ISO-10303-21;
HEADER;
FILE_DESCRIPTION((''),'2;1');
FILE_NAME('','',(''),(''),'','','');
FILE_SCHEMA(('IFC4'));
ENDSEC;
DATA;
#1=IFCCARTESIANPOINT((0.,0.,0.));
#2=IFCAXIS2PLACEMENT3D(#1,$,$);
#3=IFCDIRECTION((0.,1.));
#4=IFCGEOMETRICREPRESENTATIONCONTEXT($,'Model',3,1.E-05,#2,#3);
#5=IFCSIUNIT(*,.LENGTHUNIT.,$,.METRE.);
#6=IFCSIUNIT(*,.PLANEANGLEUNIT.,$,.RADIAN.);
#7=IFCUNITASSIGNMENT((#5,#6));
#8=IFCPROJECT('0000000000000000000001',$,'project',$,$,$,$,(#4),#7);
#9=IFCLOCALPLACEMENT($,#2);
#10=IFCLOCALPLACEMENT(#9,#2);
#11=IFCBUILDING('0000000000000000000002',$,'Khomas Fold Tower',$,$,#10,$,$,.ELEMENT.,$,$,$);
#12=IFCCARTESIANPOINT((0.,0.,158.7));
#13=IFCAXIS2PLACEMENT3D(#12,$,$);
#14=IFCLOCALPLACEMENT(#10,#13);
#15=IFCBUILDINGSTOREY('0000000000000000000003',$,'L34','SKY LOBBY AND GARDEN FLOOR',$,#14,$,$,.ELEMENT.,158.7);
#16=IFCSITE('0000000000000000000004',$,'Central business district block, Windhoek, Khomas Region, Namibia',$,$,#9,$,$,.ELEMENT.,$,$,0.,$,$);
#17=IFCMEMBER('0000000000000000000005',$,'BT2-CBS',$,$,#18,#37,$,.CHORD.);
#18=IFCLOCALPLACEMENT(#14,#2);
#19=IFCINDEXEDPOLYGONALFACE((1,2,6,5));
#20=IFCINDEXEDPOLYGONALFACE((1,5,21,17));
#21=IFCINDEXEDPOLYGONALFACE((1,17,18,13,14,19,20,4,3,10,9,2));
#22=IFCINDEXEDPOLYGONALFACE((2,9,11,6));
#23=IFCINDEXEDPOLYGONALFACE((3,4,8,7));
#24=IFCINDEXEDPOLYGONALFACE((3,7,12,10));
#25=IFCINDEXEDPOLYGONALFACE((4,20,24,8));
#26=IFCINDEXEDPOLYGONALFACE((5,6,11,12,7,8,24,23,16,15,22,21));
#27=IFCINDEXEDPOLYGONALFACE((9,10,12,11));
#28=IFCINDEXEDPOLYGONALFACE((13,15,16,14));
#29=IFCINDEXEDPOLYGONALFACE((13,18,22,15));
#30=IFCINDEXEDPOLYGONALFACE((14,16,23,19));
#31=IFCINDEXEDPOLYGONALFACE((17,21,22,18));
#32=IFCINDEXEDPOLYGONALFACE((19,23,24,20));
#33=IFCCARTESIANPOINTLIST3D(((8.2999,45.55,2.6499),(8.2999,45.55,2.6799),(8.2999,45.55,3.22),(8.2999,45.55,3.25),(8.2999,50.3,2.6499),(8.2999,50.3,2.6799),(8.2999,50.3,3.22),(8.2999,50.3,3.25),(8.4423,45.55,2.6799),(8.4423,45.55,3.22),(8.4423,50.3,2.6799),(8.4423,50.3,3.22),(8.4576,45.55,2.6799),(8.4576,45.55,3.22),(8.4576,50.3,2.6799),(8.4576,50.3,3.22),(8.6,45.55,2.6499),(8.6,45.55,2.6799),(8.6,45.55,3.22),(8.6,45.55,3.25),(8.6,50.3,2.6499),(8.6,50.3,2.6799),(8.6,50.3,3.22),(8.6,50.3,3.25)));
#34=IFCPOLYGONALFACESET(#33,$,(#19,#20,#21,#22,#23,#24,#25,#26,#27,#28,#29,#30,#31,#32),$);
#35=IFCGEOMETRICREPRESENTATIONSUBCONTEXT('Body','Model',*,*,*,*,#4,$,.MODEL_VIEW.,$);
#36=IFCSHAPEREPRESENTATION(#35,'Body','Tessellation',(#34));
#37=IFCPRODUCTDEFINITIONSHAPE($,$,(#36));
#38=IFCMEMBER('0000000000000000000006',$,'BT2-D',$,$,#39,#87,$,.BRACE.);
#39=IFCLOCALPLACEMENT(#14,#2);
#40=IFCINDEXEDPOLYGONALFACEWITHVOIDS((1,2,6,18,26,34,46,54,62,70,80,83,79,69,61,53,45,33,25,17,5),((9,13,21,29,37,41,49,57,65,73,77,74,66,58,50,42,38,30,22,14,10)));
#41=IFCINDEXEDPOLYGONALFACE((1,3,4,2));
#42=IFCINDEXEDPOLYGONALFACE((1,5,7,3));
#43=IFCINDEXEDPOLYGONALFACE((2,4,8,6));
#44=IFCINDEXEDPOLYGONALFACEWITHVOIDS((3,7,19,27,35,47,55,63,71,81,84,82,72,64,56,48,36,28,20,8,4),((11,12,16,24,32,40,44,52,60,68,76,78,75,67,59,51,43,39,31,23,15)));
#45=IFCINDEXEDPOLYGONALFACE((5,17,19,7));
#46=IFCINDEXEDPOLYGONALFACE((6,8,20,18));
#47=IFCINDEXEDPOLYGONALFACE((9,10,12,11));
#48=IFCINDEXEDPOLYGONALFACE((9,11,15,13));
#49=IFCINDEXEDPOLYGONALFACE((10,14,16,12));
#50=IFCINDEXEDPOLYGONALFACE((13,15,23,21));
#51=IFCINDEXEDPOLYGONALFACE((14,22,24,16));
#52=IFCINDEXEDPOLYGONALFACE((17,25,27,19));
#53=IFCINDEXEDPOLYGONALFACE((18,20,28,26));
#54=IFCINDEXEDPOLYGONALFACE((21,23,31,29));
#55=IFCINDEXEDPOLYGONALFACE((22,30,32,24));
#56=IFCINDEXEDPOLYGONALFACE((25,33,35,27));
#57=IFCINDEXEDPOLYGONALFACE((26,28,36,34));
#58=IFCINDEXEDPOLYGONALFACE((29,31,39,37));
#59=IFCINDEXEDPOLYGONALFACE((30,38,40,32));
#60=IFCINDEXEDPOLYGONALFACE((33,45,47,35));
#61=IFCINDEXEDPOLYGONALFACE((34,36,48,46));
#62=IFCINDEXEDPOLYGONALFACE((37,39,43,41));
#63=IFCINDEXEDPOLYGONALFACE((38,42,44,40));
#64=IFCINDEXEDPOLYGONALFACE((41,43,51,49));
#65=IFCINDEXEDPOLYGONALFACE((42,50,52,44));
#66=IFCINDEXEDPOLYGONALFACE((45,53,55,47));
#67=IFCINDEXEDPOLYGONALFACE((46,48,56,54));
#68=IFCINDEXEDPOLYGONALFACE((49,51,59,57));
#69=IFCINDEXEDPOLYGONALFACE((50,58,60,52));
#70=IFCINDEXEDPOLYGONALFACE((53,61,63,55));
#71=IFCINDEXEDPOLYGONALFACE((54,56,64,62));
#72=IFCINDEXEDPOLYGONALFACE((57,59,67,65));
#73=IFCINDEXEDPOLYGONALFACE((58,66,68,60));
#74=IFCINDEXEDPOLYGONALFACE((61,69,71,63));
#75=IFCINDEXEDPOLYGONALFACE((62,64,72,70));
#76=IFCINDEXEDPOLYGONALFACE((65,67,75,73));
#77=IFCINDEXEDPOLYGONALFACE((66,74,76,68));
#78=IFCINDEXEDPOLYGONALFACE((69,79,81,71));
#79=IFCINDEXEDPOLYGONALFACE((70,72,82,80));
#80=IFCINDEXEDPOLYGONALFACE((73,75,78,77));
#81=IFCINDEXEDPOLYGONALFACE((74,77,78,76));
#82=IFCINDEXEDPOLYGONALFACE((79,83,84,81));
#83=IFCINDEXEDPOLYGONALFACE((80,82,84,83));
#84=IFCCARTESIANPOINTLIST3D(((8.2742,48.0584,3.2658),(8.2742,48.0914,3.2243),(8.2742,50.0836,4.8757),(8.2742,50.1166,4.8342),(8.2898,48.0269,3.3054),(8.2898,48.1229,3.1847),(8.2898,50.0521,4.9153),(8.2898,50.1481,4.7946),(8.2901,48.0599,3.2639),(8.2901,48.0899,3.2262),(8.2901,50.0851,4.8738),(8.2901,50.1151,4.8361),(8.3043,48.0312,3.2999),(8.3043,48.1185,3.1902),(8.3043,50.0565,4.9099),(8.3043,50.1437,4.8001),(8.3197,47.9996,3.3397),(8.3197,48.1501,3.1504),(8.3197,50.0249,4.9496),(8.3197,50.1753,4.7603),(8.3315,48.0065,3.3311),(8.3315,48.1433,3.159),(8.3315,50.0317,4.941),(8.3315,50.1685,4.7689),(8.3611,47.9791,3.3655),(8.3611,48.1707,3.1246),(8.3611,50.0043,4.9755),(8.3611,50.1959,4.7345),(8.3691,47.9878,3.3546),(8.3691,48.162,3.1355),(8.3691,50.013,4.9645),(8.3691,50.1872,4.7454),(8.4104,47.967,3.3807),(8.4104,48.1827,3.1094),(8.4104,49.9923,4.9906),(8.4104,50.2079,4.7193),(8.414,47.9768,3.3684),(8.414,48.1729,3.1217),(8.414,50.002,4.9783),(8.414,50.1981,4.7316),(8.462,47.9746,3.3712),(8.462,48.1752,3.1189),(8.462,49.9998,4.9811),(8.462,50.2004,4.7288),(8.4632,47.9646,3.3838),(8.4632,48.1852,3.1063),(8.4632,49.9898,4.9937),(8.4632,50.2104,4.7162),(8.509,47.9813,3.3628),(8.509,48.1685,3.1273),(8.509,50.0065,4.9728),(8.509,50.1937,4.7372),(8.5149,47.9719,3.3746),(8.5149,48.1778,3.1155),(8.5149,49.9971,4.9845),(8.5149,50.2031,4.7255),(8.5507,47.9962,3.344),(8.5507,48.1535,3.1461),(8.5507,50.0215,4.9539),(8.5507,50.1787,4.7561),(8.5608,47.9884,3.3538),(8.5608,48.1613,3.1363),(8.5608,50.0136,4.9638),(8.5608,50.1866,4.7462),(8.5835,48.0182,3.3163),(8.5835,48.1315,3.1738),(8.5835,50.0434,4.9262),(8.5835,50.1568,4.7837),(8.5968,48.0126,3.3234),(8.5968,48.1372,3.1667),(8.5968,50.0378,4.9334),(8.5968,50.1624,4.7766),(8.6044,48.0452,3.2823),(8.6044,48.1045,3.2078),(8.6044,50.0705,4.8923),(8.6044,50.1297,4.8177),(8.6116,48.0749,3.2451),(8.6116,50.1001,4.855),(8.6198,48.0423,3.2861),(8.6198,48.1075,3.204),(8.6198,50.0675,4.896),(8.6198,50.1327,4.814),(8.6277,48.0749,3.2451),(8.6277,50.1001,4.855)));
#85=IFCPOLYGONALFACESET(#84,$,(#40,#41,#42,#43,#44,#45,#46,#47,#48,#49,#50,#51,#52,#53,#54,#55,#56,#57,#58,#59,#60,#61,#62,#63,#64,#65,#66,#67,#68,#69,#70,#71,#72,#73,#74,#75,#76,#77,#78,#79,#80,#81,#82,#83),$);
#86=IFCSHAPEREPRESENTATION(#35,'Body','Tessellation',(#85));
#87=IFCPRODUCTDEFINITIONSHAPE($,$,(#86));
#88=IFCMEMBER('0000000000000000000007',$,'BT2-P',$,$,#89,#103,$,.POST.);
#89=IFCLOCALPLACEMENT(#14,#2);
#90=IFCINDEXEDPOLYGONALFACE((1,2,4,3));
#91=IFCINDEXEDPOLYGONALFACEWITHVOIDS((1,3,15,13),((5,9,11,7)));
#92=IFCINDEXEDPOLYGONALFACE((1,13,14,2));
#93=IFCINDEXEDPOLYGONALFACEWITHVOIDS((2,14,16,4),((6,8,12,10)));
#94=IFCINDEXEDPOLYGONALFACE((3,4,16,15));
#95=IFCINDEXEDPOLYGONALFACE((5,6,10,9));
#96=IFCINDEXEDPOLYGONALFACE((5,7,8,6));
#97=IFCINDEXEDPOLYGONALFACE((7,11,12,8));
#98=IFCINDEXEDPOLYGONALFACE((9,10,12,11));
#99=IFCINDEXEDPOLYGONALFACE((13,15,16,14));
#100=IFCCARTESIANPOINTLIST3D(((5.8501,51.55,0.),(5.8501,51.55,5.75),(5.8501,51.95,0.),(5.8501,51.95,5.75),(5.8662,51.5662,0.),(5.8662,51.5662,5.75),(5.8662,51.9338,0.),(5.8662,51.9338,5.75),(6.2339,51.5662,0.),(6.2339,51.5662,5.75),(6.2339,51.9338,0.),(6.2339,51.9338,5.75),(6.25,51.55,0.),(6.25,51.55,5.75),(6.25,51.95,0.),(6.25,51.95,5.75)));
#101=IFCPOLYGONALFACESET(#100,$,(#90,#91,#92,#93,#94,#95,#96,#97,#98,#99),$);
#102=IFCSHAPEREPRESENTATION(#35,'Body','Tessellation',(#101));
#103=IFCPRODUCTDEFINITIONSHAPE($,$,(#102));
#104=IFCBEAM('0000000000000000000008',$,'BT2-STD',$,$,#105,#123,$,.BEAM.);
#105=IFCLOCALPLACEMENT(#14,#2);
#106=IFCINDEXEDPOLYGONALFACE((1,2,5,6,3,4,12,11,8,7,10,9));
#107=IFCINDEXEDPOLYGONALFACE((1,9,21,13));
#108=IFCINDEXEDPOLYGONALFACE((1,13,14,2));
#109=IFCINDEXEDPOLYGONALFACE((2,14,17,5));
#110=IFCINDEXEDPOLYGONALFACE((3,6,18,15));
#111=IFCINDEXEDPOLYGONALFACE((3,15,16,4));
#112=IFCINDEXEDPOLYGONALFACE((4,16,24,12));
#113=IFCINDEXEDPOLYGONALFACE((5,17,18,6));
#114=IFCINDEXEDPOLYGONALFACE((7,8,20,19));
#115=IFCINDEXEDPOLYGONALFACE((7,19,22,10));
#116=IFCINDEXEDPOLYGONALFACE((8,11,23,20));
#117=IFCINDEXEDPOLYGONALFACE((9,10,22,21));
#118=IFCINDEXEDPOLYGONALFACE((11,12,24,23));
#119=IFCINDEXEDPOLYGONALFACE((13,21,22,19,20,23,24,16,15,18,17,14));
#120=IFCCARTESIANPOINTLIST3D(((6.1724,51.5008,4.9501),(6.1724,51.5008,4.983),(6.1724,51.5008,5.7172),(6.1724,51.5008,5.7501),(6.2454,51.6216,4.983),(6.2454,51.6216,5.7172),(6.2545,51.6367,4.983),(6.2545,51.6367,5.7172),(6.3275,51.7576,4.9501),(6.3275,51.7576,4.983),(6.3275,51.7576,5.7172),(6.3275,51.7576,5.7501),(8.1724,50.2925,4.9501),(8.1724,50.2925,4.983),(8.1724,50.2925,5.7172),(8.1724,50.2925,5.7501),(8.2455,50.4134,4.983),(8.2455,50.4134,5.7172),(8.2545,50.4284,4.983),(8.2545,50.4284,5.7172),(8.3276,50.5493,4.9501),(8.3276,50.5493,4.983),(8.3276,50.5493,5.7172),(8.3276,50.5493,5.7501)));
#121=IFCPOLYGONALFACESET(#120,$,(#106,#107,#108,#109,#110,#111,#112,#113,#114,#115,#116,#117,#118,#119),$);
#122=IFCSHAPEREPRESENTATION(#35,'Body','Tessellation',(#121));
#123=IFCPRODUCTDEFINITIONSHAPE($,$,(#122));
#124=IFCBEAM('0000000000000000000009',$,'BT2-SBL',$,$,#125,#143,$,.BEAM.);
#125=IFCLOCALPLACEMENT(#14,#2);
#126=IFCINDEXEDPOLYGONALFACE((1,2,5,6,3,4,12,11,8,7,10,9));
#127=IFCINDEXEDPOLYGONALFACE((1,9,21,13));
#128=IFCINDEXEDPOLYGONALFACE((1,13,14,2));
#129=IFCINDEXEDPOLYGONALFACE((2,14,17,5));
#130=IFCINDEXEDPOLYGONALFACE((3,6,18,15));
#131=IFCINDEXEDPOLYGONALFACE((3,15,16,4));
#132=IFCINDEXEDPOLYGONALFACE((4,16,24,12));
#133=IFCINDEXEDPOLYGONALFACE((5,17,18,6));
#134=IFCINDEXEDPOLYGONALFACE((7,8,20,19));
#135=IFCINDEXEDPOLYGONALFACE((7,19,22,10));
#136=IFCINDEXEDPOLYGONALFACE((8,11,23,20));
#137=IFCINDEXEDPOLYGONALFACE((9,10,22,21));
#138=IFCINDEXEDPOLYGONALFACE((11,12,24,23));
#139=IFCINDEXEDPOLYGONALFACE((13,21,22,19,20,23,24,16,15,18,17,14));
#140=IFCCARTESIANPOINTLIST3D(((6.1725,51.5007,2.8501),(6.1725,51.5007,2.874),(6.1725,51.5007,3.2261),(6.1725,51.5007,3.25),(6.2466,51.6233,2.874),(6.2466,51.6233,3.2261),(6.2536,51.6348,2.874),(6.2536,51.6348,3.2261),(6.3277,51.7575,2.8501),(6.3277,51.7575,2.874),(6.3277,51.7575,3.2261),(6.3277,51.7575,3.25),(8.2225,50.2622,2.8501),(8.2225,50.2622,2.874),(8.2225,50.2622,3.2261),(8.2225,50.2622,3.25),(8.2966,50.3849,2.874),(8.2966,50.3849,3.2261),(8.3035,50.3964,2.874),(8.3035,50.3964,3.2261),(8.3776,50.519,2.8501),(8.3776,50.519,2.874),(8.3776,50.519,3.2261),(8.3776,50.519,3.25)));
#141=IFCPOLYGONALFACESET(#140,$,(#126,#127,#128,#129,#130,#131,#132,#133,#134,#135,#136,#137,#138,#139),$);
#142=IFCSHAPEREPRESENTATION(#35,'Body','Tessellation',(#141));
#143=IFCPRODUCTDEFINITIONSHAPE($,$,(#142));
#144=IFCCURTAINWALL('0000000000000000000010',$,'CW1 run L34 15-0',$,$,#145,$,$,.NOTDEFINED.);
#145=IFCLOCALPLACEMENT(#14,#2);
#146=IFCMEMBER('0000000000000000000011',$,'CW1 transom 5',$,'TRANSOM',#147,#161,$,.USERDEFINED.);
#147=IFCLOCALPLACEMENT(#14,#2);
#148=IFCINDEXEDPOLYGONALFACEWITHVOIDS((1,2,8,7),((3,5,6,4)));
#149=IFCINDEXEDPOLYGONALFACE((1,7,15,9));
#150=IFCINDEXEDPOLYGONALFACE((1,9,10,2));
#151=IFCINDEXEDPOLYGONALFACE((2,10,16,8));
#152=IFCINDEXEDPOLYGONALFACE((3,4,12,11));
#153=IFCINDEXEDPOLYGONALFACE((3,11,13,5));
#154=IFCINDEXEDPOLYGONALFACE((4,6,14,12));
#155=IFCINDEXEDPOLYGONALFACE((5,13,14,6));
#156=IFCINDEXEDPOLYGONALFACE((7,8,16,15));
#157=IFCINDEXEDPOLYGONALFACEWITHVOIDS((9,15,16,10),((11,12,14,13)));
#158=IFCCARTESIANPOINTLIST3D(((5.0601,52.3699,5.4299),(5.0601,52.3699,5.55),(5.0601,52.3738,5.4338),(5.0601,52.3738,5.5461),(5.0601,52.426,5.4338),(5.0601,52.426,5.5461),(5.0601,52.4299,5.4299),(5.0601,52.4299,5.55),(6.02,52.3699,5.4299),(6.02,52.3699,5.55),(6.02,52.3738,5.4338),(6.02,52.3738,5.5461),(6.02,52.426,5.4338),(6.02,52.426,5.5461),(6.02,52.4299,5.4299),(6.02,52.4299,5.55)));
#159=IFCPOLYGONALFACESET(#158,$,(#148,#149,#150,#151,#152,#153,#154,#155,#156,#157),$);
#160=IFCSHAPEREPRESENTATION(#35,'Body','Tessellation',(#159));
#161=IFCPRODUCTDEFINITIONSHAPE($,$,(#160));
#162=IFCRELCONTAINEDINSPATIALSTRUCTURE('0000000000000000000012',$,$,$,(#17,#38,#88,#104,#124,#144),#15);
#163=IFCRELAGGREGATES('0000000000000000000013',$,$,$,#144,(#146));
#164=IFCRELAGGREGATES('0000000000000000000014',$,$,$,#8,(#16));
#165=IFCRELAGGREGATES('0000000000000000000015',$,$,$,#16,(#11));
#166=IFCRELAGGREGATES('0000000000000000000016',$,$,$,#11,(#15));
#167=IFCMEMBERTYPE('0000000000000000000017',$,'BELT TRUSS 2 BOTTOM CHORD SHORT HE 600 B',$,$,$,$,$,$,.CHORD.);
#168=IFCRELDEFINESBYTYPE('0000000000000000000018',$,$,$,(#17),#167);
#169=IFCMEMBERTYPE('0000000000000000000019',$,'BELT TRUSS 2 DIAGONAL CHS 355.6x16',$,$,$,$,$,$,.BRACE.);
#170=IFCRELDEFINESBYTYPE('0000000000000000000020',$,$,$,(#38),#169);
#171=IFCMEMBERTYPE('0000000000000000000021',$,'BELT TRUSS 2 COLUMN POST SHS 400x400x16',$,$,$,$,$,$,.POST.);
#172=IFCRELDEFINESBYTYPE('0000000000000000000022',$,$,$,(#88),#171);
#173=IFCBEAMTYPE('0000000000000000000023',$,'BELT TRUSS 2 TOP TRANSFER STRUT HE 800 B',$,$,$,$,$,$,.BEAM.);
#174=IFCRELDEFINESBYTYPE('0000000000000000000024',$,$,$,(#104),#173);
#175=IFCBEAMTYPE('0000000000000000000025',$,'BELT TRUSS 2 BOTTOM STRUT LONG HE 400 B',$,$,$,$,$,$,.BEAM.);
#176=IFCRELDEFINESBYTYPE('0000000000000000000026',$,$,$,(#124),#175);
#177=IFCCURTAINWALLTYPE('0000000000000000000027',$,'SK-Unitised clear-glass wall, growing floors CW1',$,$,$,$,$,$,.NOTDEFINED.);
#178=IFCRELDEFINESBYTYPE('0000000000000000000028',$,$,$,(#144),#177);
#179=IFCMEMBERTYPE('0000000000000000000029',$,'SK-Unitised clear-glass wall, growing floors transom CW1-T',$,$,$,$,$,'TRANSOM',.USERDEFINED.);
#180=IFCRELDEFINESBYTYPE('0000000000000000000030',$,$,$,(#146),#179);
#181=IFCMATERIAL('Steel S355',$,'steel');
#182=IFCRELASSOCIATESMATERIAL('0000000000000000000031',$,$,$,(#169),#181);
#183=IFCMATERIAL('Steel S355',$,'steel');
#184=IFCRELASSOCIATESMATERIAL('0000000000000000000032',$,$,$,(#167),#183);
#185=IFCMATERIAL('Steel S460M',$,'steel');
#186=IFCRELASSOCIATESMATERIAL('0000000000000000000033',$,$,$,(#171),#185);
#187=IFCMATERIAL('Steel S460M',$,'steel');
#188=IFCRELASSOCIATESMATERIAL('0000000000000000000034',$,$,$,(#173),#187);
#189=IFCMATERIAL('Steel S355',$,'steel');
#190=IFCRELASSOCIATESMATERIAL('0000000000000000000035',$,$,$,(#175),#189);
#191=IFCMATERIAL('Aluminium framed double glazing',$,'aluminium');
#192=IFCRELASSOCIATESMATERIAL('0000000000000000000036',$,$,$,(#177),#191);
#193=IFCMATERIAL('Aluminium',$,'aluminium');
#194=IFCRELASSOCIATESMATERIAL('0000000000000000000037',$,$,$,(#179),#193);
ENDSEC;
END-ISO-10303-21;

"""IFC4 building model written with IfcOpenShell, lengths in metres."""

from ifc_helpers import new_model, si_unit, direction, frame, origin, origin_2d, place, context, subcontext, project, spatial, hollow_rectangle, hollow_circle, i_section, extrude, source, transform, mapped, material, material_profile, profile_set, type_object, element, aggregate, save


model = new_model("IFC4")

# Units and contexts
model_context = context("Model", 3, precision=1e-05, world=origin(), true_north=direction((0.0, 1.0)))
body_context = subcontext(model_context, "Body", "Model", "MODEL_VIEW")
ifc_project = project(units=[si_unit("LENGTHUNIT", "METRE"), si_unit("PLANEANGLEUNIT", "RADIAN")], contexts=[model_context])

# Site, building, storey
site_placement = place(None, origin())
site = spatial("IfcSite", under=ifc_project, at=site_placement, Name="Central business district block, Windhoek, Khomas Region, Namibia", CompositionType="ELEMENT", RefElevation=0.0)
building_placement = place(site_placement, origin())
building = spatial("IfcBuilding", under=site, at=building_placement, Name="Khomas Fold Tower", CompositionType="ELEMENT")
storey_placement = place(building_placement, frame((0.0, 0.0, 158.7)))
storey = spatial("IfcBuildingStorey", under=building, at=storey_placement, Name="L34", Description="SKY LOBBY AND GARDEN FLOOR", CompositionType="ELEMENT", Elevation=158.7)

# Members
ifc_material_1 = material(Name="Steel S355", Category="steel")
ifc_material_profile_1 = material_profile(ifc_material_1, hollow_circle(Radius=0.1777, WallThickness=0.0161, at=origin_2d()), Name="CHS 355.6x16")
ifc_profile_set_1 = profile_set([ifc_material_profile_1], Name="Steel S355")
member_type_1 = type_object("IfcMemberType", Name="BELT TRUSS 2 DIAGONAL CHS 355.6x16", PredefinedType="BRACE", material=ifc_profile_set_1)
ifc_material_2 = material(Name="Steel S355", Category="steel")
ifc_material_profile_2 = material_profile(ifc_material_2, i_section(OverallWidth=0.3, OverallDepth=0.6001, WebThickness=0.0154, FlangeThickness=0.03, at=origin_2d()), Name="HE 600 B")
ifc_profile_set_2 = profile_set([ifc_material_profile_2], Name="Steel S355")
member_type_2 = type_object("IfcMemberType", Name="BELT TRUSS 2 BOTTOM CHORD SHORT HE 600 B", PredefinedType="CHORD", material=ifc_profile_set_2)
shared_shape_1 = source(origin(), body_context, "Body", "SweptSolid", [
    extrude(i_section(OverallWidth=0.3, OverallDepth=0.6001, WebThickness=0.0154, FlangeThickness=0.03, at=origin_2d()), origin(), (0.0, 0.0, 1.0), 4.75),
])
member_1_placement = place(storey_placement, frame((8.45, 50.3, 2.95), z_axis=(0.0, -1.0, 0.0), x_axis=(1.0, 0.0, 0.0)))
element("IfcMember", 1, at=member_1_placement, inside=storey, type_object=member_type_2, Name="BT2-CBS", PredefinedType="CHORD", context=body_context, shape_type="MappedRepresentation", body=[
    mapped(shared_shape_1, transform((0.0, 0.0, 0.0))),
])
shared_shape_2 = source(origin(), body_context, "Body", "SweptSolid", [
    extrude(hollow_circle(Radius=0.1777, WallThickness=0.0161, at=origin_2d()), origin(), (0.0, 0.0, 1.0), 2.5872),
])
member_2_placement = place(storey_placement, frame((8.45, 50.1001, 4.855), z_axis=(0.0, -0.782799, -0.622275), x_axis=(1.0, 0.0, 0.0)))
element("IfcMember", 2, at=member_2_placement, inside=storey, type_object=member_type_1, Name="BT2-D", PredefinedType="BRACE", context=body_context, shape_type="MappedRepresentation", body=[
    mapped(shared_shape_2, transform((0.0, 0.0, 0.0))),
])
ifc_material_3 = material(Name="Steel S460M", Category="steel")
ifc_material_profile_3 = material_profile(ifc_material_3, hollow_rectangle(XDim=0.3999, YDim=0.3999, WallThickness=0.0161, at=origin_2d()), Name="SHS 400x400x16")
ifc_profile_set_3 = profile_set([ifc_material_profile_3], Name="Steel S460M")
member_type_3 = type_object("IfcMemberType", Name="BELT TRUSS 2 COLUMN POST SHS 400x400x16", PredefinedType="POST", material=ifc_profile_set_3)
shared_shape_3 = source(origin(), body_context, "Body", "SweptSolid", [
    extrude(hollow_rectangle(XDim=0.3999, YDim=0.3999, WallThickness=0.0161, at=origin_2d()), origin(), (0.0, 0.0, 1.0), 5.75),
])
member_3_placement = place(storey_placement, frame((6.05, 51.75, 0.0), z_axis=(0.0, 0.0, 1.0), x_axis=(1.0, 0.0, 0.0)))
element("IfcMember", 3, at=member_3_placement, inside=storey, type_object=member_type_3, Name="BT2-P", PredefinedType="POST", context=body_context, shape_type="MappedRepresentation", body=[
    mapped(shared_shape_3, transform((0.0, 0.0, 0.0))),
])

# Beams
ifc_material_4 = material(Name="Steel S460M", Category="steel")
ifc_material_profile_4 = material_profile(ifc_material_4, i_section(OverallWidth=0.3, OverallDepth=0.8, WebThickness=0.0176, FlangeThickness=0.033, at=origin_2d()), Name="HE 800 B")
ifc_profile_set_4 = profile_set([ifc_material_profile_4], Name="Steel S460M")
beam_type_1 = type_object("IfcBeamType", Name="BELT TRUSS 2 TOP TRANSFER STRUT HE 800 B", PredefinedType="BEAM", material=ifc_profile_set_4)
shared_shape_4 = source(origin(), body_context, "Body", "SweptSolid", [
    extrude(i_section(OverallWidth=0.3, OverallDepth=0.8, WebThickness=0.0176, FlangeThickness=0.033, at=origin_2d()), origin(), (0.0, 0.0, 1.0), 2.3367),
])
beam_1_placement = place(storey_placement, frame((8.25, 50.4209, 5.3501), z_axis=(-0.855931, 0.51709, 0.0), x_axis=(-0.51709, -0.855931, 0.0)))
element("IfcBeam", 4, at=beam_1_placement, inside=storey, type_object=beam_type_1, Name="BT2-STD", PredefinedType="BEAM", context=body_context, shape_type="MappedRepresentation", body=[
    mapped(shared_shape_4, transform((0.0, 0.0, 0.0))),
])
ifc_material_5 = material(Name="Steel S355", Category="steel")
ifc_material_profile_5 = material_profile(ifc_material_5, i_section(OverallWidth=0.3, OverallDepth=0.3999, WebThickness=0.0134, FlangeThickness=0.0239, at=origin_2d()), Name="HE 400 B")
ifc_profile_set_5 = profile_set([ifc_material_profile_5], Name="Steel S355")
beam_type_2 = type_object("IfcBeamType", Name="BELT TRUSS 2 BOTTOM STRUT LONG HE 400 B", PredefinedType="BEAM", material=ifc_profile_set_5)
shared_shape_5 = source(origin(), body_context, "Body", "SweptSolid", [
    extrude(i_section(OverallWidth=0.3, OverallDepth=0.3999, WebThickness=0.0134, FlangeThickness=0.0239, at=origin_2d()), origin(), (0.0, 0.0, 1.0), 2.395),
])
beam_2_placement = place(storey_placement, frame((8.3, 50.3906, 3.05), z_axis=(-0.855924, 0.517102, 0.0), x_axis=(-0.517102, -0.855924, 0.0)))
element("IfcBeam", 5, at=beam_2_placement, inside=storey, type_object=beam_type_2, Name="BT2-SBL", PredefinedType="BEAM", context=body_context, shape_type="MappedRepresentation", body=[
    mapped(shared_shape_5, transform((0.0, 0.0, 0.0))),
])

# Curtain wall, member
ifc_material_6 = material(Name="Aluminium framed double glazing", Category="aluminium")
curtain_wall_type = type_object("IfcCurtainWallType", Name="SK-Unitised clear-glass wall, growing floors CW1", PredefinedType="NOTDEFINED", material=ifc_material_6)
curtain_wall_placement = place(storey_placement, origin())
curtain_wall = element("IfcCurtainWall", 6, at=curtain_wall_placement, inside=storey, type_object=curtain_wall_type, Name="CW1 run L34 15-0", PredefinedType="NOTDEFINED")
ifc_material_7 = material(Name="Aluminium", Category="aluminium")
ifc_material_profile_6 = material_profile(ifc_material_7, hollow_rectangle(XDim=0.0601, YDim=0.1201, WallThickness=0.0039, at=origin_2d()), Name="SK-Unitised clear-glass wall, growing floors transom CW1-T")
ifc_profile_set_6 = profile_set([ifc_material_profile_6], Name="Aluminium")
member_type_4 = type_object("IfcMemberType", Name="SK-Unitised clear-glass wall, growing floors transom CW1-T", ElementType="TRANSOM", PredefinedType="USERDEFINED", material=ifc_profile_set_6)
shared_shape_6 = source(origin(), body_context, "Body", "SweptSolid", [
    extrude(hollow_rectangle(XDim=0.0601, YDim=0.1201, WallThickness=0.0039, at=origin_2d()), origin(), (0.0, 0.0, 1.0), 0.96),
])
member_4_placement = place(storey_placement, frame((6.02, 52.3999, 5.49), z_axis=(-1.0, 0.0, 0.0), x_axis=(0.0, -1.0, 0.0)))
member_4 = element("IfcMember", 7, at=member_4_placement, type_object=member_type_4, Name="CW1 transom 5", ObjectType="TRANSOM", PredefinedType="USERDEFINED", context=body_context, shape_type="MappedRepresentation", body=[
    mapped(shared_shape_6, transform((0.0, 0.0, 0.0))),
])
aggregate(curtain_wall, [member_4])

save(model, "model.ifc")
